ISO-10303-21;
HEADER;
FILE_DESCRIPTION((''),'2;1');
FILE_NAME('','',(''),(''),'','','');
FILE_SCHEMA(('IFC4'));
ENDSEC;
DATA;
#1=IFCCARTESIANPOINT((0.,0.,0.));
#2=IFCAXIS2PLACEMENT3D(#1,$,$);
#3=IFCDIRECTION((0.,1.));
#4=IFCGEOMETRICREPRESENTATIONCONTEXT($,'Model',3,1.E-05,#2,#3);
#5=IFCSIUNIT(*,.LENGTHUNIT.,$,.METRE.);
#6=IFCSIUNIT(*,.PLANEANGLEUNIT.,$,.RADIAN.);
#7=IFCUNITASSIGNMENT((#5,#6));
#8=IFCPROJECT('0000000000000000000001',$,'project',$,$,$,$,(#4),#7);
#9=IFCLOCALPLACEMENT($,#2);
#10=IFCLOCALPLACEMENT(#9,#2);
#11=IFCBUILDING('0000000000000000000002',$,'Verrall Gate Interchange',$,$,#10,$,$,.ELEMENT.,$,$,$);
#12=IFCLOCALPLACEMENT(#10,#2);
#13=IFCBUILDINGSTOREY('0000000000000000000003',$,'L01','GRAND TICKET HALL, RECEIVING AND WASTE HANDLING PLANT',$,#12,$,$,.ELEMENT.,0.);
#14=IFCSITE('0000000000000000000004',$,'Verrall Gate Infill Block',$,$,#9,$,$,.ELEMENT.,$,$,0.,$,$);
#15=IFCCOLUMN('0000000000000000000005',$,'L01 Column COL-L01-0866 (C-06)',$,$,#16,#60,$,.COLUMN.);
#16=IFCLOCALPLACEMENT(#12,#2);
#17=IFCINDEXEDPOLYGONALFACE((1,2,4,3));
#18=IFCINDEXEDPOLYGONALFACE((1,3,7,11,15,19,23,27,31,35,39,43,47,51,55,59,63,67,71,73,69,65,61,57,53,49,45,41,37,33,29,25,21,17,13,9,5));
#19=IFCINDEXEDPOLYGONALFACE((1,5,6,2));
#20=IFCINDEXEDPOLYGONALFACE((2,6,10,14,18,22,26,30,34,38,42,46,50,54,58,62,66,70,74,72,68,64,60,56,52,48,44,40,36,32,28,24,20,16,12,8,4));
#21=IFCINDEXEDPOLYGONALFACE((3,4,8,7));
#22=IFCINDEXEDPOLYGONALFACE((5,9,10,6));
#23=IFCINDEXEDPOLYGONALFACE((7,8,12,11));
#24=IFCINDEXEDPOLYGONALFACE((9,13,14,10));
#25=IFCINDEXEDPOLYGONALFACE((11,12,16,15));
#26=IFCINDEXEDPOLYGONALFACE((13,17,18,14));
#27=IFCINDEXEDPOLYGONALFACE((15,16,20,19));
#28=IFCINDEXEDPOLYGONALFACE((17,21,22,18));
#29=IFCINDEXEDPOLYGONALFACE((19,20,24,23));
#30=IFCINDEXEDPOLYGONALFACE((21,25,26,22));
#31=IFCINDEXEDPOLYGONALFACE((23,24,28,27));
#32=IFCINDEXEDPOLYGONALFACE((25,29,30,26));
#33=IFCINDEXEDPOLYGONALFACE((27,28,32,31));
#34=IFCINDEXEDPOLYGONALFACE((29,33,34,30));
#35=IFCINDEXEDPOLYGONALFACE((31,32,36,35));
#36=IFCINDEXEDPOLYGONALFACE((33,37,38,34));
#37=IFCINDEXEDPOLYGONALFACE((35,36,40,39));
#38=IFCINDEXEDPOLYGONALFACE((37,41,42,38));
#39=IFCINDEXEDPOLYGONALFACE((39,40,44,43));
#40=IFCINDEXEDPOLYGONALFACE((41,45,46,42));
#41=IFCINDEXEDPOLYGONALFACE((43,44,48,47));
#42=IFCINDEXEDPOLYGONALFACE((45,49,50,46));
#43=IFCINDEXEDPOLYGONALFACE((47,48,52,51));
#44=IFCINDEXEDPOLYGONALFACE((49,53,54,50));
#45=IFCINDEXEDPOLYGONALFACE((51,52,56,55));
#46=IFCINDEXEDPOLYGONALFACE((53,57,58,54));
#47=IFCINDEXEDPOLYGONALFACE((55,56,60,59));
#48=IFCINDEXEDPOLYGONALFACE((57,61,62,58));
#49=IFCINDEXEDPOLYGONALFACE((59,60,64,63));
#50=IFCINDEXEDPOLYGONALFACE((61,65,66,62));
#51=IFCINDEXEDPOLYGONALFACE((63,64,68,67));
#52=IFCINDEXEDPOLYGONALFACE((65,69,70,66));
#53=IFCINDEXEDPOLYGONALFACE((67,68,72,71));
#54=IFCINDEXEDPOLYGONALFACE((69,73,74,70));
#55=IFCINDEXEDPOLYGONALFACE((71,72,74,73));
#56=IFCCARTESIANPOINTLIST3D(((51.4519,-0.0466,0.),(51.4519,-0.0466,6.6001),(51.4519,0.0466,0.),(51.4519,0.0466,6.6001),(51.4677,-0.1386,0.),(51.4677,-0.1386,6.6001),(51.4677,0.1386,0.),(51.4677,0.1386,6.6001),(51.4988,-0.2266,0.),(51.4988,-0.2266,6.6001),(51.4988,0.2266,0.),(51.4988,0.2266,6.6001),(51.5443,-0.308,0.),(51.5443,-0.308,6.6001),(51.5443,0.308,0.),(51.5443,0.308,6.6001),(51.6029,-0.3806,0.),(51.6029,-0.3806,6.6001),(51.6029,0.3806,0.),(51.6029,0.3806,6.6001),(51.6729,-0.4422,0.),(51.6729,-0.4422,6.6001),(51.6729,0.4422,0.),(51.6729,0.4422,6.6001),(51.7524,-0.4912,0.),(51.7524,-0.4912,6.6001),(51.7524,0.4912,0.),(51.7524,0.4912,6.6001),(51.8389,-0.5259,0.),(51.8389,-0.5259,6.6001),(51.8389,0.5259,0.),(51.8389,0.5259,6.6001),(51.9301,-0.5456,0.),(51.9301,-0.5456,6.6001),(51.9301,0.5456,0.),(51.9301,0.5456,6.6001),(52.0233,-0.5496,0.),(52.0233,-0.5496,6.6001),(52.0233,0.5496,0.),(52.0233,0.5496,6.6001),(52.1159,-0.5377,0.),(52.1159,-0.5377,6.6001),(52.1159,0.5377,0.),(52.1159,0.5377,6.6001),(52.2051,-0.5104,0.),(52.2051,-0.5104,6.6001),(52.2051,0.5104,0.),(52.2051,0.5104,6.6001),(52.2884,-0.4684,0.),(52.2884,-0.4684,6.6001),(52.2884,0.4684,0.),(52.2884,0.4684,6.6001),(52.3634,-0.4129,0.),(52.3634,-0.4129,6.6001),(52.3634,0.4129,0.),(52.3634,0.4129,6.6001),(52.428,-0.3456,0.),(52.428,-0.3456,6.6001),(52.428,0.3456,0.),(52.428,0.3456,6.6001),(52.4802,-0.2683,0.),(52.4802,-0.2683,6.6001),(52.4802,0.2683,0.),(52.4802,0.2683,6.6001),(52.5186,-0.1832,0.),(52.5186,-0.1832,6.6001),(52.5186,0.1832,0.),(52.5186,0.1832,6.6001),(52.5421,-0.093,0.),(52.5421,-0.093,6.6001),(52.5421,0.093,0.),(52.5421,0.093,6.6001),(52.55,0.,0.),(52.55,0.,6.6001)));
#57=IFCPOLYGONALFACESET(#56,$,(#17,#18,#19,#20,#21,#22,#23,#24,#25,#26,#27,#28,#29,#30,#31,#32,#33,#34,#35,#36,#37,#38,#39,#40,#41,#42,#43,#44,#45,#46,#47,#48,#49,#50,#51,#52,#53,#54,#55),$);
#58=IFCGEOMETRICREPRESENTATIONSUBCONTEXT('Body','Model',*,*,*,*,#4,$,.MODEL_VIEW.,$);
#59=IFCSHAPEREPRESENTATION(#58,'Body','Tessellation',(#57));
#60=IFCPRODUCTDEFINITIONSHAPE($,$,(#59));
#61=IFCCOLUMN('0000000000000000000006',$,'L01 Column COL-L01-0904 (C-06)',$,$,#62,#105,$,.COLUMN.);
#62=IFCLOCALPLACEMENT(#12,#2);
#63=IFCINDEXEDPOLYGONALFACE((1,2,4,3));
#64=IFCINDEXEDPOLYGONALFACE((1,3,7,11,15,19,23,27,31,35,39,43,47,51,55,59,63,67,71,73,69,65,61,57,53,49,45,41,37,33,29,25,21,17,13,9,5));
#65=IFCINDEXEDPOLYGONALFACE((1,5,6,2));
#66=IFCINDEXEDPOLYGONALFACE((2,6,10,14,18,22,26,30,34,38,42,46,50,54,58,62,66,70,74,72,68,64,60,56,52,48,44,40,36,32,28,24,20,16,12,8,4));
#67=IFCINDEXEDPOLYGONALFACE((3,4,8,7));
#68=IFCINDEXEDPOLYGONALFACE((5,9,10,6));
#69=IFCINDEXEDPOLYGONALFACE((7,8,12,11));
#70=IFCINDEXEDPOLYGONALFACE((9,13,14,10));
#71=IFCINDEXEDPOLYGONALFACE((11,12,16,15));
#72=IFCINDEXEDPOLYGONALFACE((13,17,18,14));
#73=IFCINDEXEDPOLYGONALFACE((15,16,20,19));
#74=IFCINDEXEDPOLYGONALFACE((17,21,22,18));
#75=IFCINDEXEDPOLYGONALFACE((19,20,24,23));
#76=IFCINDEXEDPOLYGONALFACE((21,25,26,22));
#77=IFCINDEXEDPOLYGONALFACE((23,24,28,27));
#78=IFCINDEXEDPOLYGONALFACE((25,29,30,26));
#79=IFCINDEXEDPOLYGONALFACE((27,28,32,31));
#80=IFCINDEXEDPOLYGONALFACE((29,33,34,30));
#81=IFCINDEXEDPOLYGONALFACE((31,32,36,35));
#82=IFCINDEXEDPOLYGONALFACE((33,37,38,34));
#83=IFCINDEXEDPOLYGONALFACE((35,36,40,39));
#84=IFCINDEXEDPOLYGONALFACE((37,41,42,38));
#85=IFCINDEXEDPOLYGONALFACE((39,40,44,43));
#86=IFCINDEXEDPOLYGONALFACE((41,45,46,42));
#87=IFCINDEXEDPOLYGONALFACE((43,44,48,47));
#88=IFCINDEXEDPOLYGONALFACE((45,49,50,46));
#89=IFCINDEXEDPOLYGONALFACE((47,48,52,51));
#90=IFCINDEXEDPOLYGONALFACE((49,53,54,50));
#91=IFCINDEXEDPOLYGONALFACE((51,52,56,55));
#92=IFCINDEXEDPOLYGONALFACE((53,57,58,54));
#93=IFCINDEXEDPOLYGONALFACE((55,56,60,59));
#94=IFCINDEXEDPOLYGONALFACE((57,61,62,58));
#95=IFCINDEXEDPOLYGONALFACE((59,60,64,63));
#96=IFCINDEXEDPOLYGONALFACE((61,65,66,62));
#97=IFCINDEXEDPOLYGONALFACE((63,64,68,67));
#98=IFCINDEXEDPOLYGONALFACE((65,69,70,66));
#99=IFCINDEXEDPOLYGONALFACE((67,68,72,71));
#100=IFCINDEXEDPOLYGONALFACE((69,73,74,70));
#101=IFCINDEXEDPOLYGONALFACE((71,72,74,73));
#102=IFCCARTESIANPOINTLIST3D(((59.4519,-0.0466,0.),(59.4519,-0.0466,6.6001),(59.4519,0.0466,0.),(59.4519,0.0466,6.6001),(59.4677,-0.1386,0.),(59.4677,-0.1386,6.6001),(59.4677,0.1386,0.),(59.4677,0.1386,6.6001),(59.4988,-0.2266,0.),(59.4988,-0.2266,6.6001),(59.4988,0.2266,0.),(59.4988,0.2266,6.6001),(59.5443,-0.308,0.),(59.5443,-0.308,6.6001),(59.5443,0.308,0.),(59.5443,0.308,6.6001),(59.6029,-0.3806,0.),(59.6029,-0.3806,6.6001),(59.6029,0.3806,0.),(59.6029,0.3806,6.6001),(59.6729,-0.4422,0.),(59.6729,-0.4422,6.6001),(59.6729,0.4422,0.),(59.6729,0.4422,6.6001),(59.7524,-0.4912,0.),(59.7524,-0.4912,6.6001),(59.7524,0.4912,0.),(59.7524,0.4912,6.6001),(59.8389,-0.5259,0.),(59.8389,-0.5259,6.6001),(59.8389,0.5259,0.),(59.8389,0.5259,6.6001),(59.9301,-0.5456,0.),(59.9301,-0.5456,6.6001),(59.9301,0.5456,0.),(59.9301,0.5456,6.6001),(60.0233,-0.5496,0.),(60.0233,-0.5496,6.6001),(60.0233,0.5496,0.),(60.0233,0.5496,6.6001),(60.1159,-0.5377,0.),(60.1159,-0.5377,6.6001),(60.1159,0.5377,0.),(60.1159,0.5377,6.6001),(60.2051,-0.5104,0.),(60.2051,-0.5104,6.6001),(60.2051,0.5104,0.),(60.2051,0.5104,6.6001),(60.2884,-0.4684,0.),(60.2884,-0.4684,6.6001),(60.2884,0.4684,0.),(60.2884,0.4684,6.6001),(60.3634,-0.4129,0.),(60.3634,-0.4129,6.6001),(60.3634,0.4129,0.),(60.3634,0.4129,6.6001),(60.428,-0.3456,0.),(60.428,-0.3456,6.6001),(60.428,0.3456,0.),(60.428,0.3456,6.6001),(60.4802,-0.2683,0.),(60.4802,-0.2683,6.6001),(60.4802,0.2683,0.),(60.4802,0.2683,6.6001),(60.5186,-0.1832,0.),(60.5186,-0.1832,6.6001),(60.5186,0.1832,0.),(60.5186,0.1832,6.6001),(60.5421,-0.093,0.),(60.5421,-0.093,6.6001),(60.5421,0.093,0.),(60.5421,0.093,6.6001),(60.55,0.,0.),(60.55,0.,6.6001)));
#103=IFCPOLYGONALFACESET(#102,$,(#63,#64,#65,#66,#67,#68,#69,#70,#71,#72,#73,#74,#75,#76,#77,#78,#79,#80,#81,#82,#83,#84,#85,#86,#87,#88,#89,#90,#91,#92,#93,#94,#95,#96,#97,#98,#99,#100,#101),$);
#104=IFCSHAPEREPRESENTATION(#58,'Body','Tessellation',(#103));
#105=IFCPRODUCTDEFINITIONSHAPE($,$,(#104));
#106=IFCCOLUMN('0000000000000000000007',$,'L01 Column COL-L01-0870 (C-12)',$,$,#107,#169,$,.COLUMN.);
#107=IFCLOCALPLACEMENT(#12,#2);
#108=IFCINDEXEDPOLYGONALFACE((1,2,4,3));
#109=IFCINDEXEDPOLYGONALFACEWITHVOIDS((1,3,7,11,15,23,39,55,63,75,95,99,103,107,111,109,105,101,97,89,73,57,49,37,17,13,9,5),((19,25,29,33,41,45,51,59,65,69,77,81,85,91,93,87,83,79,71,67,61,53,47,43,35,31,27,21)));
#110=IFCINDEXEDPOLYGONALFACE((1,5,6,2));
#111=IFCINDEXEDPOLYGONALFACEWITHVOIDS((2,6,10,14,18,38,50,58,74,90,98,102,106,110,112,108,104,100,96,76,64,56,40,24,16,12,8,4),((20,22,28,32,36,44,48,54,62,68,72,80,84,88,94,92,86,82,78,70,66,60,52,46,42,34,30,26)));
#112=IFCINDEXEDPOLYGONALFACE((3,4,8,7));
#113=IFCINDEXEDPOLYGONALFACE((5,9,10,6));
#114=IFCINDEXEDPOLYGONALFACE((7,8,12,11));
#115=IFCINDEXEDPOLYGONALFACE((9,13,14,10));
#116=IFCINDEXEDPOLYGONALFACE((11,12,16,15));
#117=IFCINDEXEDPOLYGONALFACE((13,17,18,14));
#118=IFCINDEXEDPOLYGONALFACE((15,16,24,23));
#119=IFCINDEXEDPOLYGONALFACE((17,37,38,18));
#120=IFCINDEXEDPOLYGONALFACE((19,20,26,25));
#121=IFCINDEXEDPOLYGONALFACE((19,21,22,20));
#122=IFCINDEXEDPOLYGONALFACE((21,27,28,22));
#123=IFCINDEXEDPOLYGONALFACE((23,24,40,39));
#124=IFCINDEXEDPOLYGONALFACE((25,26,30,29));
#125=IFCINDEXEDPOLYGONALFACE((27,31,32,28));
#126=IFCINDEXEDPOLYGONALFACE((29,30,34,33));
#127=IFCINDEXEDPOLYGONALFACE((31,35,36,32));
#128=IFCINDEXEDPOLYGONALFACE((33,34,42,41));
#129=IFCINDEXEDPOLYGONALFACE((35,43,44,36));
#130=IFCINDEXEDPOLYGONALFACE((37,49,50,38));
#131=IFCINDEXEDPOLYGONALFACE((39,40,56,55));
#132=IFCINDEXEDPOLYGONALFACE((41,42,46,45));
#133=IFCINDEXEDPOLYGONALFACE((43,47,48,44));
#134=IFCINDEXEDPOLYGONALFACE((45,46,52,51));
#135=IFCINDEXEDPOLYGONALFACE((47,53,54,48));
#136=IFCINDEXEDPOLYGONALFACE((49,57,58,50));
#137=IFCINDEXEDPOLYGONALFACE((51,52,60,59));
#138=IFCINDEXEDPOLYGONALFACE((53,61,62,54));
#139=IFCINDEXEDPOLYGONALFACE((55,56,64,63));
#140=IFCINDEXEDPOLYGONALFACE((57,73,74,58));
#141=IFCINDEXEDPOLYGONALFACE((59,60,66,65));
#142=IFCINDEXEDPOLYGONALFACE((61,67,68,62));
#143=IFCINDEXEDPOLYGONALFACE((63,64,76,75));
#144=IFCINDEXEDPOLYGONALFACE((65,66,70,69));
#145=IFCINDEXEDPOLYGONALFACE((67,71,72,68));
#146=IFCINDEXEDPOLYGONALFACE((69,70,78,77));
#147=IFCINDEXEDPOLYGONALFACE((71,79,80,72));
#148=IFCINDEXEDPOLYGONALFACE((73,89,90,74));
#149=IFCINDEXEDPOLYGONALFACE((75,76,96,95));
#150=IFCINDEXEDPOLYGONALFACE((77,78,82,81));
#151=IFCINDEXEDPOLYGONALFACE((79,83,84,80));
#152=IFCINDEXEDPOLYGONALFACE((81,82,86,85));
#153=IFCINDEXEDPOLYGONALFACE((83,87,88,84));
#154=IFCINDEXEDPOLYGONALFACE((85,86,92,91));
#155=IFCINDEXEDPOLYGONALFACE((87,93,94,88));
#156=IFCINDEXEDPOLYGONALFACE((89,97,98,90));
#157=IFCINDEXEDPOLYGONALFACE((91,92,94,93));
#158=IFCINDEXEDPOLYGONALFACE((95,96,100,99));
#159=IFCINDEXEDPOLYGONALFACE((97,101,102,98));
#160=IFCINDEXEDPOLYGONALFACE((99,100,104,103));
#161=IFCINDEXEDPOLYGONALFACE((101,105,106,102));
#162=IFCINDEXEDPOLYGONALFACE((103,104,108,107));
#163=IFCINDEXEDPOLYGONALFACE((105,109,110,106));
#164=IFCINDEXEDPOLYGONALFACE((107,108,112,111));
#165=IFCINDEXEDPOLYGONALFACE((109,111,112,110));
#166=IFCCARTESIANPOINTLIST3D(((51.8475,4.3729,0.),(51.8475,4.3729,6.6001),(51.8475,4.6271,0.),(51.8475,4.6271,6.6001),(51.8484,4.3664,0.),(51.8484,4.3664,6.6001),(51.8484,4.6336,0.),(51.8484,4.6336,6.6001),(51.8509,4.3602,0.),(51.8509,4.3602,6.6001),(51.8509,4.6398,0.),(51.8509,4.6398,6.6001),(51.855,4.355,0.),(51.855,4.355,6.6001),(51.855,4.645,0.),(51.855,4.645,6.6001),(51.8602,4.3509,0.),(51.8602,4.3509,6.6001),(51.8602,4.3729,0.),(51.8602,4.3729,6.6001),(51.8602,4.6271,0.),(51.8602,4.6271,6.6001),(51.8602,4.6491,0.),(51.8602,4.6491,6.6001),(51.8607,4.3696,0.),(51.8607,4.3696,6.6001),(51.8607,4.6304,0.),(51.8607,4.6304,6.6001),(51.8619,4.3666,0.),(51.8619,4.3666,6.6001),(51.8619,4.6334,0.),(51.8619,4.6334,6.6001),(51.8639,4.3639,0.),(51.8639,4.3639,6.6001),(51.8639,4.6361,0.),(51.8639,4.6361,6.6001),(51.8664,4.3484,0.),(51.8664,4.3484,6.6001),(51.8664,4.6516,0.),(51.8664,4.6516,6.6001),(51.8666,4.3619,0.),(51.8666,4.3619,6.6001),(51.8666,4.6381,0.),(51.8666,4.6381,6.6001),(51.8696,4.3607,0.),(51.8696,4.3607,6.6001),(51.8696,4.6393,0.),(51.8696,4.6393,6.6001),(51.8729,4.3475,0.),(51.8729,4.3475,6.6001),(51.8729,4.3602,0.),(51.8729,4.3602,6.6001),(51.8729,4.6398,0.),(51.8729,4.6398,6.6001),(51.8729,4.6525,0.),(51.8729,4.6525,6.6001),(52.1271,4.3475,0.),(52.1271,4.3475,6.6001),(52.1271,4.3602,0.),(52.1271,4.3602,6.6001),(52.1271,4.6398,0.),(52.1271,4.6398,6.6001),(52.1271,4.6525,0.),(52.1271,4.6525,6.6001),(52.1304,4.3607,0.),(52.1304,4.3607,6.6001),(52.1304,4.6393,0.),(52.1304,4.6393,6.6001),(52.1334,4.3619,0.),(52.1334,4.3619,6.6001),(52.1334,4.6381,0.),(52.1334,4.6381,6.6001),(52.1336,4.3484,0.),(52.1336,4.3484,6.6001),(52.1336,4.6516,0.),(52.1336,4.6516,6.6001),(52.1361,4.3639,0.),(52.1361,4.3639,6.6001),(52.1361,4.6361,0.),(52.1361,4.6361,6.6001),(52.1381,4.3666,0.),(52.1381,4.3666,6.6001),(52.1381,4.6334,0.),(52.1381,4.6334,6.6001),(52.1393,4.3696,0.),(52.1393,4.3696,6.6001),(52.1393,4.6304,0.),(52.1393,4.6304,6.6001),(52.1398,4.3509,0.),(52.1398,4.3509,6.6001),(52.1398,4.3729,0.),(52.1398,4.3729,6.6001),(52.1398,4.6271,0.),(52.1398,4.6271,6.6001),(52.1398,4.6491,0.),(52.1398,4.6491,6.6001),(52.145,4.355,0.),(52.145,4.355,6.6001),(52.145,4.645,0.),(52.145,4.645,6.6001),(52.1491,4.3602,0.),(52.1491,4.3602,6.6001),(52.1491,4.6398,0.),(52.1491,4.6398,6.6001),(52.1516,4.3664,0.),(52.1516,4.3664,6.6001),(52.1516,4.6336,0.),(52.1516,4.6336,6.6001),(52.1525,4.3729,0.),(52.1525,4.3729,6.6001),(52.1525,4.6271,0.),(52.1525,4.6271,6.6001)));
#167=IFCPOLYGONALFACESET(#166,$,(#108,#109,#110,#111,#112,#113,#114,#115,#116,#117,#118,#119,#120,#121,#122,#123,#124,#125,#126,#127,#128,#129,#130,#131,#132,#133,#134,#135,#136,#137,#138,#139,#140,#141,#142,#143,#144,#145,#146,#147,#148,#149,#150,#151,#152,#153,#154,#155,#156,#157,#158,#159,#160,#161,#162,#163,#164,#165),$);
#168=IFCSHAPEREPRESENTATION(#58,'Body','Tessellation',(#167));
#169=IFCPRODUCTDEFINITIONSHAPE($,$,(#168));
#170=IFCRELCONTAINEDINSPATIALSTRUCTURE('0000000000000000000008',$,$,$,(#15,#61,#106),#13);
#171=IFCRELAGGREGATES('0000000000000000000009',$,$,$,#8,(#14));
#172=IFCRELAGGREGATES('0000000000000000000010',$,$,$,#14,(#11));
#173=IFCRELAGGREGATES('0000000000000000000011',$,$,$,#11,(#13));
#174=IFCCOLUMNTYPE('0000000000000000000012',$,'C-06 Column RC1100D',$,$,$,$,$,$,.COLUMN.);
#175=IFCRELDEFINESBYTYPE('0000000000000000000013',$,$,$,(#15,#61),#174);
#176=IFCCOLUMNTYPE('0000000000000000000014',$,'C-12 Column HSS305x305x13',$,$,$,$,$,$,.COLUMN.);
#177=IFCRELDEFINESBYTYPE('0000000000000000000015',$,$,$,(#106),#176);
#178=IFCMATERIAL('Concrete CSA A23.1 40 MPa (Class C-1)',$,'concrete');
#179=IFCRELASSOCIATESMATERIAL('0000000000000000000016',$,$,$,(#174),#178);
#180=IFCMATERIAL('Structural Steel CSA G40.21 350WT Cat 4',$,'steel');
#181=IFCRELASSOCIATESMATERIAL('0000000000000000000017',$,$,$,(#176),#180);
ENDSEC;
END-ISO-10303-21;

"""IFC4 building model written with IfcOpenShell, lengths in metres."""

from ifc_helpers import new_model, si_unit, direction, frame, origin, origin_2d, place, context, subcontext, project, spatial, hollow_rectangle, circle, extrude, material, material_profile, profile_set, type_object, element, save


model = new_model("IFC4")

# Units and contexts
model_context = context("Model", 3, precision=1e-05, world=origin(), true_north=direction((0.0, 1.0)))
body_context = subcontext(model_context, "Body", "Model", "MODEL_VIEW")
ifc_project = project(units=[si_unit("LENGTHUNIT", "METRE"), si_unit("PLANEANGLEUNIT", "RADIAN")], contexts=[model_context])

# Site, building, storey
site_placement = place(None, origin())
site = spatial("IfcSite", under=ifc_project, at=site_placement, Name="Verrall Gate Infill Block", CompositionType="ELEMENT", RefElevation=0.0)
building_placement = place(site_placement, origin())
building = spatial("IfcBuilding", under=site, at=building_placement, Name="Verrall Gate Interchange", CompositionType="ELEMENT")
storey_placement = place(building_placement, origin())
storey = spatial("IfcBuildingStorey", under=building, at=storey_placement, Name="L01", Description="GRAND TICKET HALL, RECEIVING AND WASTE HANDLING PLANT", CompositionType="ELEMENT", Elevation=0.0)

# Columns
ifc_material_1 = material(Name="Concrete CSA A23.1 40 MPa (Class C-1)", Category="concrete")
ifc_material_profile_1 = material_profile(ifc_material_1, circle(Radius=0.55, at=origin_2d()), Name="RC1100D")
ifc_profile_set_1 = profile_set([ifc_material_profile_1], Name="Concrete CSA A23.1 40 MPa (Class C-1)")
column_type_1 = type_object("IfcColumnType", Name="C-06 Column RC1100D", PredefinedType="COLUMN", material=ifc_profile_set_1)
for number, where, z_axis, x_axis, name in (
    (1, (52.0, 0.0, 0.0), (0.0, 0.0, 1.0), (1.0, 0.0, 0.0), "L01 Column COL-L01-0866 (C-06)"),
    (2, (60.0, 0.0, 0.0), (0.0, 0.0, 1.0), (1.0, 0.0, 0.0), "L01 Column COL-L01-0904 (C-06)"),
):
    element("IfcColumn", number, at=place(storey_placement, frame(where, z_axis=z_axis, x_axis=x_axis)), inside=storey, type_object=column_type_1, Name=name, PredefinedType="COLUMN", context=body_context, shape_type="SweptSolid", body=[
        extrude(circle(Radius=0.55, at=origin_2d()), origin(), (0.0, 0.0, 1.0), 6.6001),
    ])
ifc_material_2 = material(Name="Structural Steel CSA G40.21 350WT Cat 4", Category="steel")
ifc_material_profile_2 = material_profile(ifc_material_2, hollow_rectangle(XDim=0.3049, YDim=0.3049, WallThickness=0.0127, InnerFilletRadius=0.0127, OuterFilletRadius=0.0254, at=origin_2d()), Name="HSS305x305x13")
ifc_profile_set_2 = profile_set([ifc_material_profile_2], Name="Structural Steel CSA G40.21 350WT Cat 4")
column_type_2 = type_object("IfcColumnType", Name="C-12 Column HSS305x305x13", PredefinedType="COLUMN", material=ifc_profile_set_2)
column_placement = place(storey_placement, frame((52.0, 4.5, 0.0), z_axis=(0.0, 0.0, 1.0), x_axis=(1.0, 0.0, 0.0)))
element("IfcColumn", 3, at=column_placement, inside=storey, type_object=column_type_2, Name="L01 Column COL-L01-0870 (C-12)", PredefinedType="COLUMN", context=body_context, shape_type="SweptSolid", body=[
    extrude(hollow_rectangle(XDim=0.3049, YDim=0.3049, WallThickness=0.0127, InnerFilletRadius=0.0127, OuterFilletRadius=0.0254, at=origin_2d()), origin(), (0.0, 0.0, 1.0), 6.6001),
])

save(model, "model.ifc")
